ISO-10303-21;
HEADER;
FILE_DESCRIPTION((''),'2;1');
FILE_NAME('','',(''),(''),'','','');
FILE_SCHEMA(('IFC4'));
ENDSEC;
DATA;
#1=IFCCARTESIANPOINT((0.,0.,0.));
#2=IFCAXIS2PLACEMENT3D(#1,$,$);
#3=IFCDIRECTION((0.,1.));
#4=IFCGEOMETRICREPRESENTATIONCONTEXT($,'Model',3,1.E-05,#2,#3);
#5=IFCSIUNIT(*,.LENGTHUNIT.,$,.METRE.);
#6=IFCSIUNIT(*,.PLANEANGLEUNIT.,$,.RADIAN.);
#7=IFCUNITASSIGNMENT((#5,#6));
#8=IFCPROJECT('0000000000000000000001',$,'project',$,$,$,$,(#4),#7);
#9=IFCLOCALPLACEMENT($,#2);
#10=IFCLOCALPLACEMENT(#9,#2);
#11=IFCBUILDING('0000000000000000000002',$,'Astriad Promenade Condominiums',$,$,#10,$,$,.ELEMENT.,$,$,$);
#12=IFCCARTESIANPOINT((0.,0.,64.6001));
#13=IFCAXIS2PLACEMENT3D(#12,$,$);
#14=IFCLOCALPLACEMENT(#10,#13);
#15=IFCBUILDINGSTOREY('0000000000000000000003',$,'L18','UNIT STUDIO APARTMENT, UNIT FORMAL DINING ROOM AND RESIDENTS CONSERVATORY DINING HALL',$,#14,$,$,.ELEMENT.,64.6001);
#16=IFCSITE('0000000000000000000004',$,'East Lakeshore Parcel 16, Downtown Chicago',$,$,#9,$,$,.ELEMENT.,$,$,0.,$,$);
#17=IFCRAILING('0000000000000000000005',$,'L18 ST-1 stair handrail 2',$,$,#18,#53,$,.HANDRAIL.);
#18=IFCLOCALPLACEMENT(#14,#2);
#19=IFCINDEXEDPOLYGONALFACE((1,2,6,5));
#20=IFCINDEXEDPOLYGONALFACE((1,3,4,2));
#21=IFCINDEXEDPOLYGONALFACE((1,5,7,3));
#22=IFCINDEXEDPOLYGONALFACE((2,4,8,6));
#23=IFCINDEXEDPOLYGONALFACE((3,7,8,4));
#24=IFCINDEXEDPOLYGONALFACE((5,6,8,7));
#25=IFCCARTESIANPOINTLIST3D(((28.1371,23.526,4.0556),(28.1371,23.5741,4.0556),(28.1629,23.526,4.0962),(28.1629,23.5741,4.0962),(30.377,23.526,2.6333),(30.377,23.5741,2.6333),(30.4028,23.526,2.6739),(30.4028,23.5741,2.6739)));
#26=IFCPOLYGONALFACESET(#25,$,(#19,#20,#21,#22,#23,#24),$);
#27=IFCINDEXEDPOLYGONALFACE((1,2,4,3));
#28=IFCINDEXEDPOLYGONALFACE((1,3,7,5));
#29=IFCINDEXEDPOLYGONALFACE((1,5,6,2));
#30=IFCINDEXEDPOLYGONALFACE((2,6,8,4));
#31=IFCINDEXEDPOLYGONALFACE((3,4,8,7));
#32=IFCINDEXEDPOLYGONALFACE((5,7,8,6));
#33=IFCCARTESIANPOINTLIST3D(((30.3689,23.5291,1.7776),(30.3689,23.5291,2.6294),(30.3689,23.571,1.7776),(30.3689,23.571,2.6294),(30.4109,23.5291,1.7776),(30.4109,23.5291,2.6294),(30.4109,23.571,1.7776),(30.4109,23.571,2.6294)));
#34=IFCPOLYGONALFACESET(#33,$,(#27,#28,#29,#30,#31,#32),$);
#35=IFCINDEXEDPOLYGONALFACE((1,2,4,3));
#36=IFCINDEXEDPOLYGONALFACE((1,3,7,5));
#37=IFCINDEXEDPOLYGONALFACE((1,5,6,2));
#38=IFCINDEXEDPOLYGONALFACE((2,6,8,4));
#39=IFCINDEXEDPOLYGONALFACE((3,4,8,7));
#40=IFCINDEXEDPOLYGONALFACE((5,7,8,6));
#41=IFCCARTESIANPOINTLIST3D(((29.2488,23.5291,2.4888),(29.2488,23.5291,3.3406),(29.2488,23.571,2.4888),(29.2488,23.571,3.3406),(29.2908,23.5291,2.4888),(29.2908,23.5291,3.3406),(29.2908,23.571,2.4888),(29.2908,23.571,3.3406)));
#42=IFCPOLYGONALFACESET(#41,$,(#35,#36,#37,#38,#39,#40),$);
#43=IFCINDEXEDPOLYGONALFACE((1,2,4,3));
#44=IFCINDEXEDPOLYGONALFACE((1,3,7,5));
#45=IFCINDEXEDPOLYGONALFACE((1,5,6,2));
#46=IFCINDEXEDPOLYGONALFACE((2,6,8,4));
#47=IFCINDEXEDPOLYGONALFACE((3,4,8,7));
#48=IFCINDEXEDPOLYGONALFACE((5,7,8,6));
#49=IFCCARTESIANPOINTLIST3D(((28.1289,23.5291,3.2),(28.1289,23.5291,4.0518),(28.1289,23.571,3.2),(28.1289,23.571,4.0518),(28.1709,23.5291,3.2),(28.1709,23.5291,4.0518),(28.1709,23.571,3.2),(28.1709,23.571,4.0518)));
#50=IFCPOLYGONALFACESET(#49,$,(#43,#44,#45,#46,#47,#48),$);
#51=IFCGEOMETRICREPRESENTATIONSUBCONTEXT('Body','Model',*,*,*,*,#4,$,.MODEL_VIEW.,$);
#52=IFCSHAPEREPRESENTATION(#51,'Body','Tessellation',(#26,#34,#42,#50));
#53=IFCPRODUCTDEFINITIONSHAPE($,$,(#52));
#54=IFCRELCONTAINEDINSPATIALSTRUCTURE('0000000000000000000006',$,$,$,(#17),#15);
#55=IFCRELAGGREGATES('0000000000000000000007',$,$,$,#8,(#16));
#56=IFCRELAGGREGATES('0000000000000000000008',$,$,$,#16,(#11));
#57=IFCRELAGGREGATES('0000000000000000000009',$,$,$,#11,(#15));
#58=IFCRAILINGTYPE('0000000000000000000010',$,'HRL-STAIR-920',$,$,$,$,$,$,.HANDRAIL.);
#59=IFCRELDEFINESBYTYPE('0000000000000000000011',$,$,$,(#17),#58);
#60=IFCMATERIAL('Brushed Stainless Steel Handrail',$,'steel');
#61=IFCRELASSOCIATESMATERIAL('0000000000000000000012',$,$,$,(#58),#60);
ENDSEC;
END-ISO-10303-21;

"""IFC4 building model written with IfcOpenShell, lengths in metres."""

from ifc_helpers import new_model, si_unit, direction, frame, origin, origin_2d, place, context, subcontext, project, spatial, rectangle, extrude, source, transform, mapped, material, type_object, element, save


model = new_model("IFC4")

# Units and contexts
model_context = context("Model", 3, precision=1e-05, world=origin(), true_north=direction((0.0, 1.0)))
body_context = subcontext(model_context, "Body", "Model", "MODEL_VIEW")
ifc_project = project(units=[si_unit("LENGTHUNIT", "METRE"), si_unit("PLANEANGLEUNIT", "RADIAN")], contexts=[model_context])

# Site, building, storey
site_placement = place(None, origin())
site = spatial("IfcSite", under=ifc_project, at=site_placement, Name="East Lakeshore Parcel 16, Downtown Chicago", CompositionType="ELEMENT", RefElevation=0.0)
building_placement = place(site_placement, origin())
building = spatial("IfcBuilding", under=site, at=building_placement, Name="Astriad Promenade Condominiums", CompositionType="ELEMENT")
storey_placement = place(building_placement, frame((0.0, 0.0, 64.6001)))
storey = spatial("IfcBuildingStorey", under=building, at=storey_placement, Name="L18", Description="UNIT STUDIO APARTMENT, UNIT FORMAL DINING ROOM AND RESIDENTS CONSERVATORY DINING HALL", CompositionType="ELEMENT", Elevation=64.6001)

# Railing
ifc_material_1 = material(Name="Brushed Stainless Steel Handrail", Category="steel")
railing_type_1 = type_object("IfcRailingType", Name="HRL-STAIR-920", PredefinedType="HANDRAIL", material=ifc_material_1)
shared_shape_1 = source(origin(), body_context, "Body", "SweptSolid", [
    extrude(rectangle(XDim=0.0481, YDim=0.0481, at=origin_2d()), frame((0.0, 0.0, 0.876), z_axis=(-0.844188, 0.0, 0.536048), x_axis=(0.0, -1.0, 0.0)), (0.0, 0.0, 1.0), 2.6533),
    extrude(rectangle(XDim=0.042, YDim=0.042, at=origin_2d()), origin(), (0.0, 0.0, 1.0), 0.8518),
    extrude(rectangle(XDim=0.042, YDim=0.042, at=origin_2d()), frame((-1.1201, 0.0, 0.7112)), (0.0, 0.0, 1.0), 0.8518),
    extrude(rectangle(XDim=0.042, YDim=0.042, at=origin_2d()), frame((-2.24, 0.0, 1.4224)), (0.0, 0.0, 1.0), 0.8518),
])
railing_1_placement = place(storey_placement, frame((30.3899, 23.55, 1.7776)))
element("IfcRailing", 1, at=railing_1_placement, inside=storey, type_object=railing_type_1, Name="L18 ST-1 stair handrail 2", PredefinedType="HANDRAIL", context=body_context, shape_type="MappedRepresentation", body=[
    mapped(shared_shape_1, transform((0.0, 0.0, 0.0), scale=1.0)),
])

save(model, "model.ifc")
